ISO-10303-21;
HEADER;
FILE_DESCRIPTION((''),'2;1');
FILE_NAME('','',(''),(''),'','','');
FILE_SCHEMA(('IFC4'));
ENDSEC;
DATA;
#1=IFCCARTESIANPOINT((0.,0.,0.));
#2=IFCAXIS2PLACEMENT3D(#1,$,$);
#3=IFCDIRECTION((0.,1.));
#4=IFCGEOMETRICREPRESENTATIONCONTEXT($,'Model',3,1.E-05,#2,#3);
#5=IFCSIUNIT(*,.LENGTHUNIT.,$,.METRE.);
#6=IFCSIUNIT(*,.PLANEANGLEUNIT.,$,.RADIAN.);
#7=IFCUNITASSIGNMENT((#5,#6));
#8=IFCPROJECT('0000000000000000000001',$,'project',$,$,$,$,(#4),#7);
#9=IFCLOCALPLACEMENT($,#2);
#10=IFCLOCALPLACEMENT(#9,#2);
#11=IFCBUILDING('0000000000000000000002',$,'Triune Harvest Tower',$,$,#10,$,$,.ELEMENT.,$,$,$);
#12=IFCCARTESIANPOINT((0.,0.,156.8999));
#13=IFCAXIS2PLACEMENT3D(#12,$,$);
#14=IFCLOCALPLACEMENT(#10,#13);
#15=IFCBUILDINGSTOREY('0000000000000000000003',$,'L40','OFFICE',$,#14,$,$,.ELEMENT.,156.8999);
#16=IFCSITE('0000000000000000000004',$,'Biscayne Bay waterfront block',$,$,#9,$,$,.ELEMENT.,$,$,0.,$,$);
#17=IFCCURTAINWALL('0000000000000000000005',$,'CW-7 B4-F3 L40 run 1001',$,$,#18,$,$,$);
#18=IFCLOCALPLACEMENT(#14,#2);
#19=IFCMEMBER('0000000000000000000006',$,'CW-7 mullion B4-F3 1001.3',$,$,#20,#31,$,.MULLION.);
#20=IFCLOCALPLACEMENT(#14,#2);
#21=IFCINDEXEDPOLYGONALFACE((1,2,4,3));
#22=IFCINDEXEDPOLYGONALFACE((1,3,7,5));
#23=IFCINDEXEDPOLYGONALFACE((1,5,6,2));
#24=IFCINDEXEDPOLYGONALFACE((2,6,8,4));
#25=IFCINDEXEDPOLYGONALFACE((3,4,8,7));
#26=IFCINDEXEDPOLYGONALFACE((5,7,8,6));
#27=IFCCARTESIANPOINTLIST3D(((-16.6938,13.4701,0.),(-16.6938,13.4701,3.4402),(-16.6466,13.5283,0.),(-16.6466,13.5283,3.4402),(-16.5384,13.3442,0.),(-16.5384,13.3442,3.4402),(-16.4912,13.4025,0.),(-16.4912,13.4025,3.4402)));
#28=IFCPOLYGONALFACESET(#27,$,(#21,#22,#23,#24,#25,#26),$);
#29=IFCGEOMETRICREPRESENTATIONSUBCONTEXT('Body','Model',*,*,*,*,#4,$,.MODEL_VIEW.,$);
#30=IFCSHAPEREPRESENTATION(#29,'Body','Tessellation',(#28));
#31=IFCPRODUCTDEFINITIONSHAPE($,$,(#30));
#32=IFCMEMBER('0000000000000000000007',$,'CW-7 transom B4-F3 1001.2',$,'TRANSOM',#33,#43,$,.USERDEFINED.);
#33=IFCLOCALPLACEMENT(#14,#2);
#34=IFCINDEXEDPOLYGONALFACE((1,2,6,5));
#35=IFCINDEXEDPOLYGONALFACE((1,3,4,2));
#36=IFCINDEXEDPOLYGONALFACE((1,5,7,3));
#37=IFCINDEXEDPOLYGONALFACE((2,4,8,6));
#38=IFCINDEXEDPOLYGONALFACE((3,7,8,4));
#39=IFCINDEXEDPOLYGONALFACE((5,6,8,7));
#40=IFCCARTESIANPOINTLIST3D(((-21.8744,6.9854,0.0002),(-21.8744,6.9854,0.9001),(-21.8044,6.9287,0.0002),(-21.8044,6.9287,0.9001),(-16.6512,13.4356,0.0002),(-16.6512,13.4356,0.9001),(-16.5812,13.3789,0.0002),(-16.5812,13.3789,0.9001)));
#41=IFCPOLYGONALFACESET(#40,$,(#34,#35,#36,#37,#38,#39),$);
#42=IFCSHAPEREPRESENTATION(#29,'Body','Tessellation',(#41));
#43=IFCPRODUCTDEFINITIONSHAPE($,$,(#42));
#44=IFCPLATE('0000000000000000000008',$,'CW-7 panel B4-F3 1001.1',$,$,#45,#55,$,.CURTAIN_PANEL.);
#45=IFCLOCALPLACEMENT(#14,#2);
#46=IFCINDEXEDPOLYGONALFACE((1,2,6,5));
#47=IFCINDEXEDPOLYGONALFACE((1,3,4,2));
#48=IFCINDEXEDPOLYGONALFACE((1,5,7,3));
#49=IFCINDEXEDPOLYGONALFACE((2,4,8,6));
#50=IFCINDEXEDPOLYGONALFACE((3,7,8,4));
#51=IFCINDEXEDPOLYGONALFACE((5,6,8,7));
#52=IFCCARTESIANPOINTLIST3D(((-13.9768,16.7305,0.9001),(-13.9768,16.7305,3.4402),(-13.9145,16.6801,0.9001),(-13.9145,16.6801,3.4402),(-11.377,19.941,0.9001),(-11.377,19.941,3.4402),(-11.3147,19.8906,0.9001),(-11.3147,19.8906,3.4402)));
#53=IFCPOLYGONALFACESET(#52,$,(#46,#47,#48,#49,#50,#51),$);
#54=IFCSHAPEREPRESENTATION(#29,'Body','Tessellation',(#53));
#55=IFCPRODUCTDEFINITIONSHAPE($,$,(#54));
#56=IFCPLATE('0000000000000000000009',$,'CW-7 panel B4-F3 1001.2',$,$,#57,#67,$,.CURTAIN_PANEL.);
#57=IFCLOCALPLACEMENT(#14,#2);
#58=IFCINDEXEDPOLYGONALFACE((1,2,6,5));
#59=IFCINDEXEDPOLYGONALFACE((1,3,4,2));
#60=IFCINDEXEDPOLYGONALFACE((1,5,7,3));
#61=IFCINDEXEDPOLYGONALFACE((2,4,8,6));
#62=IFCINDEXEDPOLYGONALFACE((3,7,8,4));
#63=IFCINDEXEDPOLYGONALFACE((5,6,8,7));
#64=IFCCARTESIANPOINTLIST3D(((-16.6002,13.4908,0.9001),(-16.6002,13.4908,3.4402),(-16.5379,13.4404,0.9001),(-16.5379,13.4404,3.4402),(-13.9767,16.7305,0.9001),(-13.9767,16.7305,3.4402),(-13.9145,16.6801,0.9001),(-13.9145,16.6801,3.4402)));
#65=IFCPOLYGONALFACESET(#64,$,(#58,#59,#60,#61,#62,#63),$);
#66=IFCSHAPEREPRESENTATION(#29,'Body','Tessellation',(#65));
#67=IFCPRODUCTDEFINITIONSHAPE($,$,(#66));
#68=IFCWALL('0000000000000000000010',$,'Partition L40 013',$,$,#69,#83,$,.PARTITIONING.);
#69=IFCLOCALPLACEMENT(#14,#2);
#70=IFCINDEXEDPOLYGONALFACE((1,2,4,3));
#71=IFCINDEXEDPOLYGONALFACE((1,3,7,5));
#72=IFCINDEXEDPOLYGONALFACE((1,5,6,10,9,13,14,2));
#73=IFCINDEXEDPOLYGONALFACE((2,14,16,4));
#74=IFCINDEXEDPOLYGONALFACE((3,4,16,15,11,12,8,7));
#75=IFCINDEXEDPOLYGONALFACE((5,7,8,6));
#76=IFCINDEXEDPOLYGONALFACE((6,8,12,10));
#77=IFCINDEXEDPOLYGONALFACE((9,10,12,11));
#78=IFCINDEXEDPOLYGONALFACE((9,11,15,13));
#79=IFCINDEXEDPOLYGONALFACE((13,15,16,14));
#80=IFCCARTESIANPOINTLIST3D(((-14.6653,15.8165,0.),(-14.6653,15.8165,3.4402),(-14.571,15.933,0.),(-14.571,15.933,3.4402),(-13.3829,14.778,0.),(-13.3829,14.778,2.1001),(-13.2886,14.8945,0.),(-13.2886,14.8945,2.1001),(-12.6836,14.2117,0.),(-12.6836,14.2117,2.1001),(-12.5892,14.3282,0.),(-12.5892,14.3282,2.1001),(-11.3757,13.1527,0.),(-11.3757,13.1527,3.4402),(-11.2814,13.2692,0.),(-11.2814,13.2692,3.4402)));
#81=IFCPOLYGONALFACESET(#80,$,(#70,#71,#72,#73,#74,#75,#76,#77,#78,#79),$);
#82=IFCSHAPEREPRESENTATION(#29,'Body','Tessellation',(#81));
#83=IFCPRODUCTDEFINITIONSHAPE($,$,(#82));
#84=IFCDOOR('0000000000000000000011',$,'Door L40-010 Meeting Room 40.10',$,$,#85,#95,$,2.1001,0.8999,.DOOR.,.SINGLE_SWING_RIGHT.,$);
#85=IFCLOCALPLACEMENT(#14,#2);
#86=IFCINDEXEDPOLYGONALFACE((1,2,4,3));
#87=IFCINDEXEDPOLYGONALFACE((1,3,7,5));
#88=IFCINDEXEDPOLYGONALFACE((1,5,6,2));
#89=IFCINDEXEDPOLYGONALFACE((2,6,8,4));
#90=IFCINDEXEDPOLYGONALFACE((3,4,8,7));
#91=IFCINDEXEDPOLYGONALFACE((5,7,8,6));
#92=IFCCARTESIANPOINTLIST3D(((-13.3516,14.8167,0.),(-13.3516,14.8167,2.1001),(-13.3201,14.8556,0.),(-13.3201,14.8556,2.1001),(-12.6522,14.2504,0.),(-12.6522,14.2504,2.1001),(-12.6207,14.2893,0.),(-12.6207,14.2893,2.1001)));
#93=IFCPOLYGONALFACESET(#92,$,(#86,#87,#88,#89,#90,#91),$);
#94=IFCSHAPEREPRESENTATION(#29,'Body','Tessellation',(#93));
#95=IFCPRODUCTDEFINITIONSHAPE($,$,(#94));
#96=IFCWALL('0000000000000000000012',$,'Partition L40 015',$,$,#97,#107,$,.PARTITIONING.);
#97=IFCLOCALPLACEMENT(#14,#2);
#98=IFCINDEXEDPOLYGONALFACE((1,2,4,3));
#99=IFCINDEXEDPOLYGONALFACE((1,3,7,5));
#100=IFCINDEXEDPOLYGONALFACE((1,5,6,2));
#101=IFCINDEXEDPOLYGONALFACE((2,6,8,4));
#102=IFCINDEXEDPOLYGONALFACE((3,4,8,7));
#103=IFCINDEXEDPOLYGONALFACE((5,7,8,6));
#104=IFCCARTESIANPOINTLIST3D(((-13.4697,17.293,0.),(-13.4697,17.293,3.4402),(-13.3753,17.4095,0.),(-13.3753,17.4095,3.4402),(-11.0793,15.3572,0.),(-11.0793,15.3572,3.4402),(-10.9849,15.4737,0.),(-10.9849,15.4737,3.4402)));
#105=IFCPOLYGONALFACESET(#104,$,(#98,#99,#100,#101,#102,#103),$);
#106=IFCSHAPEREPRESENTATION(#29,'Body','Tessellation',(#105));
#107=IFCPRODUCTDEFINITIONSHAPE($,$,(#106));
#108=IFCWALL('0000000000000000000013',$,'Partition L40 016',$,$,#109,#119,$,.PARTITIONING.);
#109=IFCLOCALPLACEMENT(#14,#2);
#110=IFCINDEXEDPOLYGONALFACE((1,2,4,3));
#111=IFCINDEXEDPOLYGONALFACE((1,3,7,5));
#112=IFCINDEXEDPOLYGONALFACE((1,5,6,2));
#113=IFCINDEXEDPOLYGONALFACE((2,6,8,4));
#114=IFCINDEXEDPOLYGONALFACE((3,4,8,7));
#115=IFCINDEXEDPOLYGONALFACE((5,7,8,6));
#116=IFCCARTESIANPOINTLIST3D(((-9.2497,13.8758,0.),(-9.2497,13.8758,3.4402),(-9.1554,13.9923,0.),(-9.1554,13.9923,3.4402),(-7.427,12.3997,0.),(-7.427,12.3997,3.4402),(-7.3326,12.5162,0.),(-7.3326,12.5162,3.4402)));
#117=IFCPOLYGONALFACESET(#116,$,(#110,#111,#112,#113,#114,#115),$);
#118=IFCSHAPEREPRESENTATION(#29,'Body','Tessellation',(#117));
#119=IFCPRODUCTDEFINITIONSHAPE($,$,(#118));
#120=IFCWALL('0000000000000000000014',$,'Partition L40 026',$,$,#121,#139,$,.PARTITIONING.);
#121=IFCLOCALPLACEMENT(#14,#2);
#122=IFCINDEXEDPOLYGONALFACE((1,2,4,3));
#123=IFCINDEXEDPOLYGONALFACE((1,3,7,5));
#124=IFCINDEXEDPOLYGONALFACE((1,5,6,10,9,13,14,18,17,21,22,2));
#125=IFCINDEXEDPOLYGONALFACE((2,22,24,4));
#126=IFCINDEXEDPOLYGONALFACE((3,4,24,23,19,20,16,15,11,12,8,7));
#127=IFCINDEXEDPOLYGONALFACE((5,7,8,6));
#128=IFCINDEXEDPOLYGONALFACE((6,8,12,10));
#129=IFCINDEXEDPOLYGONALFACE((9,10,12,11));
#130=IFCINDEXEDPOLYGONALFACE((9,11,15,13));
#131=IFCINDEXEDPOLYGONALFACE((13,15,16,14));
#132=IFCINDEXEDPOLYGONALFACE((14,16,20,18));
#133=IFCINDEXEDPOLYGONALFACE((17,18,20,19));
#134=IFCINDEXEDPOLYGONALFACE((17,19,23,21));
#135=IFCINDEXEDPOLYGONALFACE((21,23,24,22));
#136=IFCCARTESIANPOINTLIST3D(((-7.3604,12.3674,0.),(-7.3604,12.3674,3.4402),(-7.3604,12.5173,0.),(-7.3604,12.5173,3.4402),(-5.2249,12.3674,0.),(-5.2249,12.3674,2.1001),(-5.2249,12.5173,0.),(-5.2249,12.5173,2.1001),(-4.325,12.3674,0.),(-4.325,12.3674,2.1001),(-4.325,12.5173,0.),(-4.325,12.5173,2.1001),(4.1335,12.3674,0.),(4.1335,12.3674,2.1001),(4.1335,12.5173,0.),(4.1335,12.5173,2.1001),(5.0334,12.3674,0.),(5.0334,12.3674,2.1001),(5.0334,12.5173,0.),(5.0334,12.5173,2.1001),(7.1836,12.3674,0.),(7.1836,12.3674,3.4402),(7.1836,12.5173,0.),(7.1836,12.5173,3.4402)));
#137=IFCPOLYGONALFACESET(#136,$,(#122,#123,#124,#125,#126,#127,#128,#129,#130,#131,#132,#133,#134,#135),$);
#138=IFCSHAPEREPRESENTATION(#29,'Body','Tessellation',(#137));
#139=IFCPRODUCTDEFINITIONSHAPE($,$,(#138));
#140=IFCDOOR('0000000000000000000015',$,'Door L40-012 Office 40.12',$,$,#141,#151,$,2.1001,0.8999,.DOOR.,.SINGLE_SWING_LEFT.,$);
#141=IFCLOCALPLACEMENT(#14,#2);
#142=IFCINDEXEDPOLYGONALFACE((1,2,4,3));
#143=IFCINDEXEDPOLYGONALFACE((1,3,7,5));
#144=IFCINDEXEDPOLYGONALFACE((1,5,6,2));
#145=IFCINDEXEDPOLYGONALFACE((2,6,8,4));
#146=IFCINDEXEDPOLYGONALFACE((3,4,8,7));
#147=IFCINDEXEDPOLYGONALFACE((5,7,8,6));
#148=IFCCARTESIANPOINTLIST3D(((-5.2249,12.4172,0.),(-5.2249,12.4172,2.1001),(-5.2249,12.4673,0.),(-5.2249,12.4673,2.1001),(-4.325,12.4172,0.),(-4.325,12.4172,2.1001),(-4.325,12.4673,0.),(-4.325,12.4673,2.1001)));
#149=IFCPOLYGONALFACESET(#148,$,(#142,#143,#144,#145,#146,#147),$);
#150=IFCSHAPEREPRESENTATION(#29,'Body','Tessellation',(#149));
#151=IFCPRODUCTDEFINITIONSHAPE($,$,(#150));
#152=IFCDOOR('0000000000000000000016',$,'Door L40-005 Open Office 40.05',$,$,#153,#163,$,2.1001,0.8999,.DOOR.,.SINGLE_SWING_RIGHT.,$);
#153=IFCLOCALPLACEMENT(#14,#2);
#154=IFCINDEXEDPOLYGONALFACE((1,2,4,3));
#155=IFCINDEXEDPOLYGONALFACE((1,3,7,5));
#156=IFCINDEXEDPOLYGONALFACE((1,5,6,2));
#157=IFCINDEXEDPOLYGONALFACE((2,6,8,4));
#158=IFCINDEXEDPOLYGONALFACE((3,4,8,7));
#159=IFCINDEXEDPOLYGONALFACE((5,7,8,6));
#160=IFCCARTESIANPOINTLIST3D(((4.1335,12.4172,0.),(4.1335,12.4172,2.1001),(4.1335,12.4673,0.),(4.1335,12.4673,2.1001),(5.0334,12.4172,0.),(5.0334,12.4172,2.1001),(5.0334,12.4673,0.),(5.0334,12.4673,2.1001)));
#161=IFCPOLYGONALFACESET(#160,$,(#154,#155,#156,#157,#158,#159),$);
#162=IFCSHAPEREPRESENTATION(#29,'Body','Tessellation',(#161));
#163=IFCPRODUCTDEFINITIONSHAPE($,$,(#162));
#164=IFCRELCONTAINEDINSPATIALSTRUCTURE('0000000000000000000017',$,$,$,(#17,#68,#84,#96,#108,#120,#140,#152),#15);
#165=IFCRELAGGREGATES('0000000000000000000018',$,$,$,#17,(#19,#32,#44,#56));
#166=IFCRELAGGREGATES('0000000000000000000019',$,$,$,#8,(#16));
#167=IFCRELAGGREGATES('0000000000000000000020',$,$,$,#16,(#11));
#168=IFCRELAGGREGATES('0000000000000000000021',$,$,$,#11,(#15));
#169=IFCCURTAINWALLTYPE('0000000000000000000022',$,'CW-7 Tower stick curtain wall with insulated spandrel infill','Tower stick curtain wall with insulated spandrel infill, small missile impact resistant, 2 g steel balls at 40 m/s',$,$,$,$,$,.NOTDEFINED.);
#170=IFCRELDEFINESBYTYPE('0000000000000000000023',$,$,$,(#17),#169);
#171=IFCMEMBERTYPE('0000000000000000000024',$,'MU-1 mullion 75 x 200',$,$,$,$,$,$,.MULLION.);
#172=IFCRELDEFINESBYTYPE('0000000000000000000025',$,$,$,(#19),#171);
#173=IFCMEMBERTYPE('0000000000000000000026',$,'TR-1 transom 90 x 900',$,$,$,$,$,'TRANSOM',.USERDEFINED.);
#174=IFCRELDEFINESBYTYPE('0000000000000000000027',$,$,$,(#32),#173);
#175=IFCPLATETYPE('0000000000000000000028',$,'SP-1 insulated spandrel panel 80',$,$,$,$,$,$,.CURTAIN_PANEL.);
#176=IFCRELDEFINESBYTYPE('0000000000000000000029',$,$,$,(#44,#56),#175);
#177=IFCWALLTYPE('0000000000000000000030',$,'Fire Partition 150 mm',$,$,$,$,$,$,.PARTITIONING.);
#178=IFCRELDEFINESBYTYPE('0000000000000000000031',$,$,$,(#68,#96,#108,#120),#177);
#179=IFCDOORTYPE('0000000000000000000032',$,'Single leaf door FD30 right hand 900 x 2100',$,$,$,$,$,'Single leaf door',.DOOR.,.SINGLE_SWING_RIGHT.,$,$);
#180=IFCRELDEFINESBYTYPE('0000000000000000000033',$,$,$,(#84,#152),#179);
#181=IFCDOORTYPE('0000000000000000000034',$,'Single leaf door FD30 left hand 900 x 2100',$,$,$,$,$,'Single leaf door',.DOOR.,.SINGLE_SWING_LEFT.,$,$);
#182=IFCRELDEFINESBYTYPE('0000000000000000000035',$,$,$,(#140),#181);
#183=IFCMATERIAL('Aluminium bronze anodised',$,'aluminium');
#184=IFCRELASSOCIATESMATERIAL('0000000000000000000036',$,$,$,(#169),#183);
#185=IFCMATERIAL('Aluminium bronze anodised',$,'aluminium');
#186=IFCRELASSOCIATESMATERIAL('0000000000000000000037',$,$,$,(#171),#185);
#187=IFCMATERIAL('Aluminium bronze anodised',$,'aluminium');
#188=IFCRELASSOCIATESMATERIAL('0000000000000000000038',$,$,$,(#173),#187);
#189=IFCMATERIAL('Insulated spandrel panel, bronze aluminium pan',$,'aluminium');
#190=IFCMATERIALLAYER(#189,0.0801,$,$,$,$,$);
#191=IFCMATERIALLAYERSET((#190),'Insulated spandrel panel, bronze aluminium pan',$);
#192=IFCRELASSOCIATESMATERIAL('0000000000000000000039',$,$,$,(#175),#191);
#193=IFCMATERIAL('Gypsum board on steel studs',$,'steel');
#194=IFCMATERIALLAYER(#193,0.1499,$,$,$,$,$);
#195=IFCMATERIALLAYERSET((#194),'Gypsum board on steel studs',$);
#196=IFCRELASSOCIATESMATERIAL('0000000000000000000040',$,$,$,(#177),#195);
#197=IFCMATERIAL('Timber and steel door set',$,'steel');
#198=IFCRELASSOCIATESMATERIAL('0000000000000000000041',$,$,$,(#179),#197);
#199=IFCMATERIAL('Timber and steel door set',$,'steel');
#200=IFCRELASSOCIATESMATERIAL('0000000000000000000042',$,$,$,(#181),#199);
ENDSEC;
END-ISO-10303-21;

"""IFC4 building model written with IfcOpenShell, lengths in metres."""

from ifc_helpers import new_model, si_unit, direction, frame, frame_2d, origin, origin_2d, place, context, subcontext, project, spatial, rectangle, extrude, source, transform, mapped, material, layer, layer_set, material_profile, profile_set, type_object, element, fill, aggregate, save


model = new_model("IFC4")

# Units and contexts
model_context = context("Model", 3, precision=1e-05, world=origin(), true_north=direction((0.0, 1.0)))
body_context = subcontext(model_context, "Body", "Model", "MODEL_VIEW")
ifc_project = project(units=[si_unit("LENGTHUNIT", "METRE"), si_unit("PLANEANGLEUNIT", "RADIAN")], contexts=[model_context])

# Site, building, storey
site_placement = place(None, origin())
site = spatial("IfcSite", under=ifc_project, at=site_placement, Name="Biscayne Bay waterfront block", CompositionType="ELEMENT", RefElevation=0.0)
building_placement = place(site_placement, origin())
building = spatial("IfcBuilding", under=site, at=building_placement, Name="Triune Harvest Tower", CompositionType="ELEMENT")
storey_placement = place(building_placement, frame((0.0, 0.0, 156.8999)))
storey = spatial("IfcBuildingStorey", under=building, at=storey_placement, Name="L40", Description="OFFICE", CompositionType="ELEMENT", Elevation=156.8999)

# Curtain wall, members, plates
ifc_material_1 = material(Name="Aluminium bronze anodised", Category="aluminium")
curtain_wall_type = type_object("IfcCurtainWallType", Name="CW-7 Tower stick curtain wall with insulated spandrel infill", Description="Tower stick curtain wall with insulated spandrel infill, small missile impact resistant, 2 g steel balls at 40 m/s", PredefinedType="NOTDEFINED", material=ifc_material_1)
curtain_wall_placement = place(storey_placement, origin())
curtain_wall = element("IfcCurtainWall", 1, at=curtain_wall_placement, inside=storey, type_object=curtain_wall_type, Name="CW-7 B4-F3 L40 run 1001")
ifc_material_2 = material(Name="Aluminium bronze anodised", Category="aluminium")
ifc_material_profile_1 = material_profile(ifc_material_2, rectangle(XDim=0.2, YDim=0.075, at=origin_2d()), Name="MU-1 mullion 75 x 200")
ifc_profile_set_1 = profile_set([ifc_material_profile_1], Name="Aluminium bronze anodised")
member_type_1 = type_object("IfcMemberType", Name="MU-1 mullion 75 x 200", PredefinedType="MULLION", material=ifc_profile_set_1)
shared_shape_1 = source(origin(), body_context, "Body", "SweptSolid", [
    extrude(rectangle(XDim=0.2, YDim=0.075, at=origin_2d()), origin(), (0.0, 0.0, 1.0), 3.4402),
])
member_1_placement = place(storey_placement, frame((-16.5925, 13.4363, 0.0), z_axis=(0.0, 0.0, 1.0), x_axis=(0.777149, -0.629317, 0.0)))
member_1 = element("IfcMember", 2, at=member_1_placement, type_object=member_type_1, Name="CW-7 mullion B4-F3 1001.3", PredefinedType="MULLION", context=body_context, shape_type="MappedRepresentation", body=[
    mapped(shared_shape_1, transform((0.0, 0.0, 0.0), scale=1.0)),
])
ifc_material_3 = material(Name="Aluminium bronze anodised", Category="aluminium")
ifc_material_profile_2 = material_profile(ifc_material_3, rectangle(XDim=0.0901, YDim=0.8999, at=origin_2d()), Name="TR-1 transom 90 x 900")
ifc_profile_set_2 = profile_set([ifc_material_profile_2], Name="Aluminium bronze anodised")
member_type_2 = type_object("IfcMemberType", Name="TR-1 transom 90 x 900", ElementType="TRANSOM", PredefinedType="USERDEFINED", material=ifc_profile_set_2)
shared_shape_2 = source(origin(), body_context, "Body", "SweptSolid", [
    extrude(rectangle(XDim=0.0901, YDim=0.8999, at=origin_2d()), origin(), (0.0, 0.0, 1.0), 8.2998),
])
member_2_placement = place(storey_placement, frame((-16.6162, 13.4072, 0.4502), z_axis=(-0.629312, -0.777153, 0.0), x_axis=(0.777153, -0.629312, 0.0)))
member_2 = element("IfcMember", 3, at=member_2_placement, type_object=member_type_2, Name="CW-7 transom B4-F3 1001.2", ObjectType="TRANSOM", PredefinedType="USERDEFINED", context=body_context, shape_type="MappedRepresentation", body=[
    mapped(shared_shape_2, transform((0.0, 0.0, 0.0), scale=1.0)),
])
ifc_material_4 = material(Name="Insulated spandrel panel, bronze aluminium pan", Category="aluminium")
ifc_layer_1 = layer(ifc_material_4, 0.0801)
ifc_layer_set_1 = layer_set([ifc_layer_1], Name="Insulated spandrel panel, bronze aluminium pan")
plate_type = type_object("IfcPlateType", Name="SP-1 insulated spandrel panel 80", PredefinedType="CURTAIN_PANEL", material=ifc_layer_set_1)
shared_shape_3 = source(origin(), body_context, "Body", "SweptSolid", [
    extrude(rectangle(XDim=4.1311, YDim=0.0801, at=origin_2d()), origin(), (0.0, 0.0, 1.0), 2.54),
])
plate_1_placement = place(storey_placement, frame((-12.6458, 18.3105, 0.9001), z_axis=(0.0, 0.0, 1.0), x_axis=(-0.629317, -0.777149, 0.0)))
plate_1 = element("IfcPlate", 4, at=plate_1_placement, type_object=plate_type, Name="CW-7 panel B4-F3 1001.1", PredefinedType="CURTAIN_PANEL", context=body_context, shape_type="MappedRepresentation", body=[
    mapped(shared_shape_3, transform((0.0, 0.0, 0.0), scale=1.0)),
])
shared_shape_4 = source(origin(), body_context, "Body", "SweptSolid", [
    extrude(rectangle(XDim=4.1687, YDim=0.0801, at=origin_2d()), origin(), (0.0, 0.0, 1.0), 2.54),
])
plate_2_placement = place(storey_placement, frame((-15.2573, 15.0854, 0.9001), z_axis=(0.0, 0.0, 1.0), x_axis=(-0.629317, -0.777149, 0.0)))
plate_2 = element("IfcPlate", 5, at=plate_2_placement, type_object=plate_type, Name="CW-7 panel B4-F3 1001.2", PredefinedType="CURTAIN_PANEL", context=body_context, shape_type="MappedRepresentation", body=[
    mapped(shared_shape_4, transform((0.0, 0.0, 0.0), scale=1.0)),
])
aggregate(curtain_wall, [member_1, member_2, plate_1, plate_2])

# Wall, opening, door
ifc_material_5 = material(Name="Gypsum board on steel studs", Category="steel")
ifc_layer_2 = layer(ifc_material_5, 0.1499)
ifc_layer_set_2 = layer_set([ifc_layer_2], Name="Gypsum board on steel studs")
wall_type_1 = type_object("IfcWallType", Name="Fire Partition 150 mm", PredefinedType="PARTITIONING", material=ifc_layer_set_2)
wall_1_placement = place(storey_placement, frame((-14.6182, 15.8748, 0.0), z_axis=(0.0, 0.0, 1.0), x_axis=(0.777147, -0.629319, 0.0)))
wall_1 = element("IfcWall", 6, at=wall_1_placement, inside=storey, type_object=wall_type_1, Name="Partition L40 013", PredefinedType="PARTITIONING", context=body_context, shape_type="SweptSolid", body=[
    extrude(rectangle(XDim=4.2329, YDim=0.1499, at=frame_2d((2.1165, 0.0))), origin(), (0.0, 0.0, 1.0), 3.4402),
])
opening_1_placement = place(wall_1_placement, frame((1.6501, 0.0, 0.0)))
opening_1 = element("IfcOpeningElement", 7, at=opening_1_placement, cuts=wall_1, PredefinedType="OPENING", context=body_context, shape_type="SweptSolid", body=[
    extrude(rectangle(XDim=0.8999, YDim=2.1001, at=frame_2d((0.45, 1.05))), frame((0.0, 0.085, 0.0), z_axis=(0.0, -1.0, 0.0), x_axis=(1.0, 0.0, 0.0)), (0.0, 0.0, 1.0), 0.1699),
])
ifc_material_6 = material(Name="Timber and steel door set", Category="steel")
door_type_1 = type_object("IfcDoorType", Name="Single leaf door FD30 right hand 900 x 2100", ElementType="Single leaf door", OperationType="SINGLE_SWING_RIGHT", PredefinedType="DOOR", material=ifc_material_6)
door_1_placement = place(opening_1_placement, origin())
door_1 = element("IfcDoor", 8, at=door_1_placement, inside=storey, type_object=door_type_1, Name="Door L40-010 Meeting Room 40.10", OperationType="SINGLE_SWING_RIGHT", OverallHeight=2.1001, OverallWidth=0.8999, PredefinedType="DOOR", context=body_context, shape_type="SweptSolid", body=[
    extrude(rectangle(XDim=0.8999, YDim=2.1001, at=frame_2d((0.45, 1.05))), frame((0.0, 0.0249, 0.0), z_axis=(0.0, -1.0, 0.0), x_axis=(1.0, 0.0, 0.0)), (0.0, 0.0, 1.0), 0.05),
])
fill(opening_1, door_1)

# Walls
wall_2_placement = place(storey_placement, frame((-13.4226, 17.3513, 0.0), z_axis=(0.0, 0.0, 1.0), x_axis=(0.77713, -0.62934, 0.0)))
element("IfcWall", 9, at=wall_2_placement, inside=storey, type_object=wall_type_1, Name="Partition L40 015", PredefinedType="PARTITIONING", context=body_context, shape_type="SweptSolid", body=[
    extrude(rectangle(XDim=3.0759, YDim=0.1499, at=frame_2d((1.5381, 0.0))), origin(), (0.0, 0.0, 1.0), 3.4402),
])
wall_3_placement = place(storey_placement, frame((-9.2026, 13.9341, 0.0), z_axis=(0.0, 0.0, 1.0), x_axis=(0.777138, -0.62933, 0.0)))
element("IfcWall", 10, at=wall_3_placement, inside=storey, type_object=wall_type_1, Name="Partition L40 016", PredefinedType="PARTITIONING", context=body_context, shape_type="SweptSolid", body=[
    extrude(rectangle(XDim=2.3455, YDim=0.1499, at=frame_2d((1.1729, 0.0))), origin(), (0.0, 0.0, 1.0), 3.4402),
])

# Wall, openings, doors
wall_4_placement = place(storey_placement, frame((-7.3604, 12.4424, 0.0), z_axis=(0.0, 0.0, 1.0), x_axis=(1.0, 0.0, 0.0)))
wall_4 = element("IfcWall", 11, at=wall_4_placement, inside=storey, type_object=wall_type_1, Name="Partition L40 026", PredefinedType="PARTITIONING", context=body_context, shape_type="SweptSolid", body=[
    extrude(rectangle(XDim=14.5439, YDim=0.1499, at=frame_2d((7.272, 0.0))), origin(), (0.0, 0.0, 1.0), 3.4402),
])
opening_2_placement = place(wall_4_placement, frame((11.4939, 0.0, 0.0)))
opening_2 = element("IfcOpeningElement", 12, at=opening_2_placement, cuts=wall_4, PredefinedType="OPENING", context=body_context, shape_type="SweptSolid", body=[
    extrude(rectangle(XDim=0.8999, YDim=2.1001, at=frame_2d((0.45, 1.05))), frame((0.0, 0.085, 0.0), z_axis=(0.0, -1.0, 0.0), x_axis=(1.0, 0.0, 0.0)), (0.0, 0.0, 1.0), 0.1699),
])
opening_3_placement = place(wall_4_placement, frame((2.1355, 0.0, 0.0)))
opening_3 = element("IfcOpeningElement", 13, at=opening_3_placement, cuts=wall_4, PredefinedType="OPENING", context=body_context, shape_type="SweptSolid", body=[
    extrude(rectangle(XDim=0.8999, YDim=2.1001, at=frame_2d((0.45, 1.05))), frame((0.0, 0.085, 0.0), z_axis=(0.0, -1.0, 0.0), x_axis=(1.0, 0.0, 0.0)), (0.0, 0.0, 1.0), 0.1699),
])
ifc_material_7 = material(Name="Timber and steel door set", Category="steel")
door_type_2 = type_object("IfcDoorType", Name="Single leaf door FD30 left hand 900 x 2100", ElementType="Single leaf door", OperationType="SINGLE_SWING_LEFT", PredefinedType="DOOR", material=ifc_material_7)
door_2_placement = place(opening_3_placement, origin())
door_2 = element("IfcDoor", 14, at=door_2_placement, inside=storey, type_object=door_type_2, Name="Door L40-012 Office 40.12", OperationType="SINGLE_SWING_LEFT", OverallHeight=2.1001, OverallWidth=0.8999, PredefinedType="DOOR", context=body_context, shape_type="SweptSolid", body=[
    extrude(rectangle(XDim=0.8999, YDim=2.1001, at=frame_2d((0.45, 1.05))), frame((0.0, 0.0249, 0.0), z_axis=(0.0, -1.0, 0.0), x_axis=(1.0, 0.0, 0.0)), (0.0, 0.0, 1.0), 0.05),
])
fill(opening_3, door_2)
door_3_placement = place(opening_2_placement, origin())
door_3 = element("IfcDoor", 15, at=door_3_placement, inside=storey, type_object=door_type_1, Name="Door L40-005 Open Office 40.05", OperationType="SINGLE_SWING_RIGHT", OverallHeight=2.1001, OverallWidth=0.8999, PredefinedType="DOOR", context=body_context, shape_type="SweptSolid", body=[
    extrude(rectangle(XDim=0.8999, YDim=2.1001, at=frame_2d((0.45, 1.05))), frame((0.0, 0.0249, 0.0), z_axis=(0.0, -1.0, 0.0), x_axis=(1.0, 0.0, 0.0)), (0.0, 0.0, 1.0), 0.05),
])
fill(opening_2, door_3)

save(model, "model.ifc")
